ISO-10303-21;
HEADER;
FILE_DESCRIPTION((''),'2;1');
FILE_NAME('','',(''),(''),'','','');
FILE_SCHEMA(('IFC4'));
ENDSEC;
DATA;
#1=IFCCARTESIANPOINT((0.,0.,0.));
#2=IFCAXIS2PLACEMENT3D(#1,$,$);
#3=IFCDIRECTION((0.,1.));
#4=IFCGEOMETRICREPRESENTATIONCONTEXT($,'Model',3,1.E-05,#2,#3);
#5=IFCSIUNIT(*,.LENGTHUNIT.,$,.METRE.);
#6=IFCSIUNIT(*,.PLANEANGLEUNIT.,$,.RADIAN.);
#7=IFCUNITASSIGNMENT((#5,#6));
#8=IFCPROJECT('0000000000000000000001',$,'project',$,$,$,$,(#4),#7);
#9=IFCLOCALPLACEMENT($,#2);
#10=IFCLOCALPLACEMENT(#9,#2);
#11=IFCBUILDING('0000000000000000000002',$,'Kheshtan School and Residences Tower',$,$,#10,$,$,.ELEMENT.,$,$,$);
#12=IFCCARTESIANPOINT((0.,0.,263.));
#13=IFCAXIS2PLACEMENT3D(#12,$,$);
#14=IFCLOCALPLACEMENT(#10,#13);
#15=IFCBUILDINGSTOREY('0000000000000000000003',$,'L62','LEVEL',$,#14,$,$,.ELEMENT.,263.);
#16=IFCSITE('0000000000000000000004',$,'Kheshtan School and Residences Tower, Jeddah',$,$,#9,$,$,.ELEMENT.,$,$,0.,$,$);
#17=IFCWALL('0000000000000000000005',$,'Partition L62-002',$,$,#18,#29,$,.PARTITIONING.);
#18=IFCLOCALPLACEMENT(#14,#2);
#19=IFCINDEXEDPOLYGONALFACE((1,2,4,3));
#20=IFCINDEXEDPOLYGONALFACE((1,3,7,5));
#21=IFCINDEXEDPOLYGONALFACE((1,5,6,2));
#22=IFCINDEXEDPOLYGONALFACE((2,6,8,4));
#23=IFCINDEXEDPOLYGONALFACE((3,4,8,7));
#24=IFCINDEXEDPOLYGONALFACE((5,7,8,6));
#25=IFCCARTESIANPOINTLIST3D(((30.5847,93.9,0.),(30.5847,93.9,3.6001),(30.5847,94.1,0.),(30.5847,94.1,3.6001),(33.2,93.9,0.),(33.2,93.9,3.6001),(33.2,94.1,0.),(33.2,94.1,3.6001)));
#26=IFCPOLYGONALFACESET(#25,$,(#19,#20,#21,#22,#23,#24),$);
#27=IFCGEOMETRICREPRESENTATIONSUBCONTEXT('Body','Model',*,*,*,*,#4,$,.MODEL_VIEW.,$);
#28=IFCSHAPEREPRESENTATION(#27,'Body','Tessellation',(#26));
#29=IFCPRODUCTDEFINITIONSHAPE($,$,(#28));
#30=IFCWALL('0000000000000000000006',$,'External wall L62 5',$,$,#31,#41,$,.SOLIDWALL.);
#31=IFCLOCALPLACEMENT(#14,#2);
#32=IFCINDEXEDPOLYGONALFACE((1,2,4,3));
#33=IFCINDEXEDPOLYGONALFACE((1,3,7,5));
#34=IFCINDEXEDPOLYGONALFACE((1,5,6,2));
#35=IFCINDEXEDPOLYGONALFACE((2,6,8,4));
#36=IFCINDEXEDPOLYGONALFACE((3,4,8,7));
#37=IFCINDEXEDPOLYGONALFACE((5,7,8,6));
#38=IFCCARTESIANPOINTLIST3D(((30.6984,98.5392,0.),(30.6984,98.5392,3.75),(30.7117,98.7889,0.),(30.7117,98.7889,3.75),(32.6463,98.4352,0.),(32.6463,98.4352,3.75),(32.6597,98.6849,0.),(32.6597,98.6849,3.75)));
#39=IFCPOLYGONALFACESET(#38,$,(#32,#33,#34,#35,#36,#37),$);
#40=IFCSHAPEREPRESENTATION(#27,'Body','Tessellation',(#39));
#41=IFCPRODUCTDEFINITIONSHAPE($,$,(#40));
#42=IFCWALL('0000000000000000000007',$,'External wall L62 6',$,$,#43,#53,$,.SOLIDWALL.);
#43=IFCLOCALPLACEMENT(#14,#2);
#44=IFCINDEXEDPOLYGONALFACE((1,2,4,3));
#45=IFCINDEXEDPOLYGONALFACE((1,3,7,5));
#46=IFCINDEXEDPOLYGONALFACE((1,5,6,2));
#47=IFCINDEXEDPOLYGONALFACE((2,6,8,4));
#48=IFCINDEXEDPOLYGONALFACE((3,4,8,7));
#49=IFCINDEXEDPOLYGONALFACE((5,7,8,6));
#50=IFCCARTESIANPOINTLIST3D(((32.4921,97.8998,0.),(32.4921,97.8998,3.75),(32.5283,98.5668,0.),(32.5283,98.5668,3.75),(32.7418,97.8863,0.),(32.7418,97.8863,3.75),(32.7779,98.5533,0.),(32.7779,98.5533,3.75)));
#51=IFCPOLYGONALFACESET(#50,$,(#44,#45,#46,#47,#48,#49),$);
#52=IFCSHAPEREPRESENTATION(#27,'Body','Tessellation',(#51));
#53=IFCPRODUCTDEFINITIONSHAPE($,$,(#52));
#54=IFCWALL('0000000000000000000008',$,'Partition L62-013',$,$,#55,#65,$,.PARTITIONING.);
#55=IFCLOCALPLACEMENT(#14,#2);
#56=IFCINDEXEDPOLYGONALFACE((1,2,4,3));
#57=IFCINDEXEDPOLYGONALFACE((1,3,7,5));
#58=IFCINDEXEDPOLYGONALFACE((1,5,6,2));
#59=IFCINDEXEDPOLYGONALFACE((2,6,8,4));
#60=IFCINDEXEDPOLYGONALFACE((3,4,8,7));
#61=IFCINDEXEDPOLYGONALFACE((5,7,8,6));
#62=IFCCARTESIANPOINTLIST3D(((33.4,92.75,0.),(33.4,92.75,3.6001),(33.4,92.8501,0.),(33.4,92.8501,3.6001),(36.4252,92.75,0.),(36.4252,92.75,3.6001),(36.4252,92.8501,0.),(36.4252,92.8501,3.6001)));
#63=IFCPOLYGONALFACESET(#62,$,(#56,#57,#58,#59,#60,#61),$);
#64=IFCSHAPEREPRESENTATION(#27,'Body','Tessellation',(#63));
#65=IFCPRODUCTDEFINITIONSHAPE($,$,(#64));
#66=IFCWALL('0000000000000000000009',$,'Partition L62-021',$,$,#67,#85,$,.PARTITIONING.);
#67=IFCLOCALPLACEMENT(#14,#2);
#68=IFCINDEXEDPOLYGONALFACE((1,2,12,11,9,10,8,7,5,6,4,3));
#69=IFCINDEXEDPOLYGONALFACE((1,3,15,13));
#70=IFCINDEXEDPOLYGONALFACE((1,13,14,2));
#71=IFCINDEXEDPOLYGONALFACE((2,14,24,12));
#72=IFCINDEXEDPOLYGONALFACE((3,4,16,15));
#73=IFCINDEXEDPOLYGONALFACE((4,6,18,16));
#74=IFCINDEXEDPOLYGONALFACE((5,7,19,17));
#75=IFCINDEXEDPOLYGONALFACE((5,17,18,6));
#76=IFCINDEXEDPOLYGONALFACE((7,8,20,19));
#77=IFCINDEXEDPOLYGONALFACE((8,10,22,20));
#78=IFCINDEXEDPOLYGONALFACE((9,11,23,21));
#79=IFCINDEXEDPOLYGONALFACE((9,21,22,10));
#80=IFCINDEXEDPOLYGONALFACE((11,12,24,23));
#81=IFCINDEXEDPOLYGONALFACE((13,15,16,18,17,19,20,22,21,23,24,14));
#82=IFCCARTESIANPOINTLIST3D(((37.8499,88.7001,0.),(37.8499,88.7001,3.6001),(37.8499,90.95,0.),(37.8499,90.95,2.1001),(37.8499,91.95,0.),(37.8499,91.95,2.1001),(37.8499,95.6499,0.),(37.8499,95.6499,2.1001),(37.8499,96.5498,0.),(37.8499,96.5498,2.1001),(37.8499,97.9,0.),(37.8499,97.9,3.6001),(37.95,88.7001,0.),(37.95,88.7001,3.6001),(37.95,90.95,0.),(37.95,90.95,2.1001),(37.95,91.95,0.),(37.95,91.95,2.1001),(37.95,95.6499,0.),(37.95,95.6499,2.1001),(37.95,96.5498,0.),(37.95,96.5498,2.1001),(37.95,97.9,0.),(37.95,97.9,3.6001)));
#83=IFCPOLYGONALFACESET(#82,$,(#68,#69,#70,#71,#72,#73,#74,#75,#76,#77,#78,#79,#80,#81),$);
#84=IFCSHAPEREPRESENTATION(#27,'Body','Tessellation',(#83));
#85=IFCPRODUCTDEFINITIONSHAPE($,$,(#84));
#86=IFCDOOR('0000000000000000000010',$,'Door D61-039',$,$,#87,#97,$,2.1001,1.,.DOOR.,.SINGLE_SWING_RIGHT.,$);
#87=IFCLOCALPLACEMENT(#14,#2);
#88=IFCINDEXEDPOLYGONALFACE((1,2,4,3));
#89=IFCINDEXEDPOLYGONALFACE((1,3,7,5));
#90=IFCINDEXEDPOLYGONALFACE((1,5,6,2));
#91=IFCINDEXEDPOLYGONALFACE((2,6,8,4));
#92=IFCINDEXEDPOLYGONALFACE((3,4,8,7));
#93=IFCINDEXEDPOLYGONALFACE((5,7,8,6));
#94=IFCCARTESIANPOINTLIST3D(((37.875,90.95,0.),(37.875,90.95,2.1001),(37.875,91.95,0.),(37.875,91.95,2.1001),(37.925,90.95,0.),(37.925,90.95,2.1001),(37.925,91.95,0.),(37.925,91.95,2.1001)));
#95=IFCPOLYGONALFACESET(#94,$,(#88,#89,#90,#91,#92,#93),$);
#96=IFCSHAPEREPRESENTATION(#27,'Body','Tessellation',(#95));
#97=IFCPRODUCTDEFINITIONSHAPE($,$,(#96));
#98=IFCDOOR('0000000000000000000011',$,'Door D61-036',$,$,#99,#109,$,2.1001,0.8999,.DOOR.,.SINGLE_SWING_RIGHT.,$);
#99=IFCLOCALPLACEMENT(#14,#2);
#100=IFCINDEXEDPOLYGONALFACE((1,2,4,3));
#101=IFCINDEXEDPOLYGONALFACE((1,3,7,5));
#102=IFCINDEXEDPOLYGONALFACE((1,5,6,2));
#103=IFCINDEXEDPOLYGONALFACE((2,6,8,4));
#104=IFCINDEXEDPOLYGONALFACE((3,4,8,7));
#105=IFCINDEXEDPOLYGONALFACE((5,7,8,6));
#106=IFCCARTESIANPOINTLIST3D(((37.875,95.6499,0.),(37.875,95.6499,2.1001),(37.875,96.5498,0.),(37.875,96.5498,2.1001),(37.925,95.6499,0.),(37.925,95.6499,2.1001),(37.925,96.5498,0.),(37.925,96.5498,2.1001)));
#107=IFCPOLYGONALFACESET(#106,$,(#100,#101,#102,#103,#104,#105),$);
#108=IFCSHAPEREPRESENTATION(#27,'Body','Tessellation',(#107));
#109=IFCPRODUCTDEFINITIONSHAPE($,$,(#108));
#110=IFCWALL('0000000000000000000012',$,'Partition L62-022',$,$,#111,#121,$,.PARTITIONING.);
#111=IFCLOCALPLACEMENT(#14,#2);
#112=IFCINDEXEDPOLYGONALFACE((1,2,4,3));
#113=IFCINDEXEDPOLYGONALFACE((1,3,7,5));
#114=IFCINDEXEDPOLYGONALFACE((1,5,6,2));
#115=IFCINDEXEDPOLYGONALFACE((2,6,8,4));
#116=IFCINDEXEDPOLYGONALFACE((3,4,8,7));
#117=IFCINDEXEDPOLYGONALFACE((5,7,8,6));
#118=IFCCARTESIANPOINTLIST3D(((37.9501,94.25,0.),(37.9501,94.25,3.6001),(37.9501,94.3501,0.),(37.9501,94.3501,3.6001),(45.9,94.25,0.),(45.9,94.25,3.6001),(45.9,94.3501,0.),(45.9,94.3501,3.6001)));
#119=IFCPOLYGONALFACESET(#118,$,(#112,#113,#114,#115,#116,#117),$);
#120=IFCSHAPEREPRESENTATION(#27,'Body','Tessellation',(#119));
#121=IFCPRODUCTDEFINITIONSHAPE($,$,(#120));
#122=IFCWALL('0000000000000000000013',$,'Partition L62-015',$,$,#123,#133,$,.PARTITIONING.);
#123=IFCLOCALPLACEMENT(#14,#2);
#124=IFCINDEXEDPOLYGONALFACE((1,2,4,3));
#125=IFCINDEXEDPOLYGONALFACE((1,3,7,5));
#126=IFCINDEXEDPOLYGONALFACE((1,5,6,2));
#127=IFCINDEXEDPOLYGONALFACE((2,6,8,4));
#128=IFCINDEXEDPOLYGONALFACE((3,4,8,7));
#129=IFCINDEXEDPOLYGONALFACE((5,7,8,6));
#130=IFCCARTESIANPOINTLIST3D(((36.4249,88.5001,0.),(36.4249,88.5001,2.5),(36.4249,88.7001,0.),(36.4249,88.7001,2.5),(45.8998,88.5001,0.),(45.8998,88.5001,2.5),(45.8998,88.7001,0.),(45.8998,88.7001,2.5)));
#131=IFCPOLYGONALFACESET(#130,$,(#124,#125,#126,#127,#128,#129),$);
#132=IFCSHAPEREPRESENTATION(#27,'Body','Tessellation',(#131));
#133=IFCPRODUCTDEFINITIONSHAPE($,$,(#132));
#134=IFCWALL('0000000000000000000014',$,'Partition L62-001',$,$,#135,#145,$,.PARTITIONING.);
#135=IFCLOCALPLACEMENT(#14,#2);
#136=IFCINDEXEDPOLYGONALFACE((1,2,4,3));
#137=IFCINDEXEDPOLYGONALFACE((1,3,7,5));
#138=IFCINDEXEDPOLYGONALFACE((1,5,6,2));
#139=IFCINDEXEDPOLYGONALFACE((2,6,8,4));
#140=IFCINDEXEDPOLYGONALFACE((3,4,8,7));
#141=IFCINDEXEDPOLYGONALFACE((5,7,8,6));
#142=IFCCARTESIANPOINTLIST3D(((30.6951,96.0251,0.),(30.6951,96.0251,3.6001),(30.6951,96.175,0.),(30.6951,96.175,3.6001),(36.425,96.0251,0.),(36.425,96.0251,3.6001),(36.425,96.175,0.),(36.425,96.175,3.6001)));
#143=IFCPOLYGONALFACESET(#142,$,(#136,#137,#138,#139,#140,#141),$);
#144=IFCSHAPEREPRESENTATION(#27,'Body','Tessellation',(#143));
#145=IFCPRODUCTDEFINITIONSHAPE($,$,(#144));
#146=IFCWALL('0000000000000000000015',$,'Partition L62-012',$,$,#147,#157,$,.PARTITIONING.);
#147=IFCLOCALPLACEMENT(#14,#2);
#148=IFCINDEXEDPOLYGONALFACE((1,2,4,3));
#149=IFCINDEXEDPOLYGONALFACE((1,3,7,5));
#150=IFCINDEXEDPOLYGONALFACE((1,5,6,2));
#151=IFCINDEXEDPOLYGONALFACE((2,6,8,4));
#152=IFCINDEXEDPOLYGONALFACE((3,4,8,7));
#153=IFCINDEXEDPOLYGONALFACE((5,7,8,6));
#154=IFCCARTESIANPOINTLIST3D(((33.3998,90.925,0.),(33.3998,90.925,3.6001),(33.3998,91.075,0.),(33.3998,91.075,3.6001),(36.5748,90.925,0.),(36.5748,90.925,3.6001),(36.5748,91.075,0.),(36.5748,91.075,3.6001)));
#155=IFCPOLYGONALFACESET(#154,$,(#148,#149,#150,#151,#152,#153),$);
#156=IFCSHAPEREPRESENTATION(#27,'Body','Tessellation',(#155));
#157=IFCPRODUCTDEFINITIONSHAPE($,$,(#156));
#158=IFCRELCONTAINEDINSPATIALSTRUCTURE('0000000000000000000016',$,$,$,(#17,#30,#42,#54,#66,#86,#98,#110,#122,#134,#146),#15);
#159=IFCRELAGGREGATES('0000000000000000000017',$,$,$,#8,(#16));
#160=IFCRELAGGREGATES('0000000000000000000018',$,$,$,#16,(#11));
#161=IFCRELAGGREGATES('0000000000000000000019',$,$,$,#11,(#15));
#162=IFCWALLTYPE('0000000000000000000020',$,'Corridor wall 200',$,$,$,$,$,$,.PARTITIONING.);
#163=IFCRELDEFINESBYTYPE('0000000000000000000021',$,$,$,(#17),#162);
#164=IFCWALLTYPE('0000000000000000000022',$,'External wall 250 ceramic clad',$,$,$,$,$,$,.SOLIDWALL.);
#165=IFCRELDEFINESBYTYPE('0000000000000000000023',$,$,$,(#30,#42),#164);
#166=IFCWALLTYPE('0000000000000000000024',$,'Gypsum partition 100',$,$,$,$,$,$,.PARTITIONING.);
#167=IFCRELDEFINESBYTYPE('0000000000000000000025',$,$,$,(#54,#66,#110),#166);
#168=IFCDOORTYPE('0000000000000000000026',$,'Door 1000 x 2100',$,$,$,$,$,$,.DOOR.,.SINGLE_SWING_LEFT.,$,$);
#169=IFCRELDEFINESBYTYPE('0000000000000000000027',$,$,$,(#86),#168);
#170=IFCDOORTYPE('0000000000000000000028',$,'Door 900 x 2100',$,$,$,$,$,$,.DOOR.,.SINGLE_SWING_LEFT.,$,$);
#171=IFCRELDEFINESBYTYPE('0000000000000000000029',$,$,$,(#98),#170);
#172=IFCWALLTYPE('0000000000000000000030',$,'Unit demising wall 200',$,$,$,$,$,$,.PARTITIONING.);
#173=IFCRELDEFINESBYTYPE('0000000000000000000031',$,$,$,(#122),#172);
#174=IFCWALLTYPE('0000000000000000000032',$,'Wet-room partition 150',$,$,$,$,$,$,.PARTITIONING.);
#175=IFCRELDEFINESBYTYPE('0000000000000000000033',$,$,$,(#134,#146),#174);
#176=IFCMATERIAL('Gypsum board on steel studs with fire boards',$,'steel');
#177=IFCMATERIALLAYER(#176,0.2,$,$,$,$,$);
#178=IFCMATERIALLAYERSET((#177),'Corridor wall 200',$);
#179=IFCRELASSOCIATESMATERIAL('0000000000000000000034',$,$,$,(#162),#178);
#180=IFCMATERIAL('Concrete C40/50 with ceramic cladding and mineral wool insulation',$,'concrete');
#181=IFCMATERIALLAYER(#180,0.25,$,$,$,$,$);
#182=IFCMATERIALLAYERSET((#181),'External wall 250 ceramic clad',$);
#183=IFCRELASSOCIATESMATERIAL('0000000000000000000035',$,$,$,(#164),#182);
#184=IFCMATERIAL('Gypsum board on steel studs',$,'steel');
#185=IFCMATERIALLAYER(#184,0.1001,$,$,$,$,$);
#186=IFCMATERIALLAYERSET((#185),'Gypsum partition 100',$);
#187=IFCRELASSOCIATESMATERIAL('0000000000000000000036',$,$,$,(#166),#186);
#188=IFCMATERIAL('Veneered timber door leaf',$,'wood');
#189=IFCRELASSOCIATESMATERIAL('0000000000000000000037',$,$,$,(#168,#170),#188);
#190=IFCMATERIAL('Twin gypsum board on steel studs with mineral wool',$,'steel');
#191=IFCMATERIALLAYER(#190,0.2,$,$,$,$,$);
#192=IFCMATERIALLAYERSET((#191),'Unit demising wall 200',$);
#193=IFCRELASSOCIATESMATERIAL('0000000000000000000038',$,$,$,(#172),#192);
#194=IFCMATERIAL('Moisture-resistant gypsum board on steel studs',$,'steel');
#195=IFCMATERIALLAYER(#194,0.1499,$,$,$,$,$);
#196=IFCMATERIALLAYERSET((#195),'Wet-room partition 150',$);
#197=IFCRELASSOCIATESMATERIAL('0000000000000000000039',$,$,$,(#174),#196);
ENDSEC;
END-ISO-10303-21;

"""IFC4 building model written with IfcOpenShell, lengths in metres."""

from ifc_helpers import new_model, si_unit, direction, frame, frame_2d, origin, place, context, subcontext, project, spatial, rectangle, extrude, source, transform, mapped, material, layer, layer_set, type_object, element, fill, save


model = new_model("IFC4")

# Units and contexts
model_context = context("Model", 3, precision=1e-05, world=origin(), true_north=direction((0.0, 1.0)))
body_context = subcontext(model_context, "Body", "Model", "MODEL_VIEW")
ifc_project = project(units=[si_unit("LENGTHUNIT", "METRE"), si_unit("PLANEANGLEUNIT", "RADIAN")], contexts=[model_context])

# Site, building, storey
site_placement = place(None, origin())
site = spatial("IfcSite", under=ifc_project, at=site_placement, Name="Kheshtan School and Residences Tower, Jeddah", CompositionType="ELEMENT", RefElevation=0.0)
building_placement = place(site_placement, origin())
building = spatial("IfcBuilding", under=site, at=building_placement, Name="Kheshtan School and Residences Tower", CompositionType="ELEMENT")
storey_placement = place(building_placement, frame((0.0, 0.0, 263.0)))
storey = spatial("IfcBuildingStorey", under=building, at=storey_placement, Name="L62", Description="LEVEL", CompositionType="ELEMENT", Elevation=263.0)

# Walls
ifc_material_1 = material(Name="Gypsum board on steel studs with fire boards", Category="steel")
ifc_layer_1 = layer(ifc_material_1, 0.2)
ifc_layer_set_1 = layer_set([ifc_layer_1], Name="Corridor wall 200")
wall_type_1 = type_object("IfcWallType", Name="Corridor wall 200", PredefinedType="PARTITIONING", material=ifc_layer_set_1)
wall_1_placement = place(storey_placement, frame((30.5847, 94.0, 0.0), z_axis=(0.0, 0.0, 1.0), x_axis=(1.0, 0.0, 0.0)))
element("IfcWall", 1, at=wall_1_placement, inside=storey, type_object=wall_type_1, Name="Partition L62-002", PredefinedType="PARTITIONING", context=body_context, shape_type="SweptSolid", body=[
    extrude(rectangle(XDim=2.6152, YDim=0.2, at=frame_2d((1.3076, 0.0))), origin(), (0.0, 0.0, 1.0), 3.6001),
])
ifc_material_2 = material(Name="Concrete C40/50 with ceramic cladding and mineral wool insulation", Category="concrete")
ifc_layer_2 = layer(ifc_material_2, 0.25)
ifc_layer_set_2 = layer_set([ifc_layer_2], Name="External wall 250 ceramic clad")
wall_type_2 = type_object("IfcWallType", Name="External wall 250 ceramic clad", PredefinedType="SOLIDWALL", material=ifc_layer_set_2)
wall_2_placement = place(storey_placement, frame((30.7051, 98.6641, 0.0), z_axis=(0.0, 0.0, 1.0), x_axis=(0.998578, -0.053314, 0.0)))
element("IfcWall", 2, at=wall_2_placement, inside=storey, type_object=wall_type_2, Name="External wall L62 5", PredefinedType="SOLIDWALL", context=body_context, shape_type="SweptSolid", body=[
    extrude(rectangle(XDim=1.9507, YDim=0.25, at=frame_2d((0.9753, 0.0))), origin(), (0.0, 0.0, 1.0), 3.75),
])
wall_3_placement = place(storey_placement, frame((32.6531, 98.5601, 0.0), z_axis=(0.0, 0.0, 1.0), x_axis=(-0.054093, -0.998536, 0.0)))
element("IfcWall", 3, at=wall_3_placement, inside=storey, type_object=wall_type_2, Name="External wall L62 6", PredefinedType="SOLIDWALL", context=body_context, shape_type="SweptSolid", body=[
    extrude(rectangle(XDim=0.668, YDim=0.25, at=frame_2d((0.334, 0.0))), origin(), (0.0, 0.0, 1.0), 3.75),
])
ifc_material_3 = material(Name="Gypsum board on steel studs", Category="steel")
ifc_layer_3 = layer(ifc_material_3, 0.1001)
ifc_layer_set_3 = layer_set([ifc_layer_3], Name="Gypsum partition 100")
wall_type_3 = type_object("IfcWallType", Name="Gypsum partition 100", PredefinedType="PARTITIONING", material=ifc_layer_set_3)
wall_4_placement = place(storey_placement, frame((33.3999, 92.8, 0.0), z_axis=(0.0, 0.0, 1.0), x_axis=(1.0, 0.0, 0.0)))
element("IfcWall", 4, at=wall_4_placement, inside=storey, type_object=wall_type_3, Name="Partition L62-013", PredefinedType="PARTITIONING", context=body_context, shape_type="SweptSolid", body=[
    extrude(rectangle(XDim=3.0251, YDim=0.1001, at=frame_2d((1.5127, 0.0))), origin(), (0.0, 0.0, 1.0), 3.6001),
])

# Wall, openings, doors
wall_5_placement = place(storey_placement, frame((37.8999, 88.7, 0.0), z_axis=(0.0, 0.0, 1.0), x_axis=(0.0, 1.0, 0.0)))
wall_5 = element("IfcWall", 5, at=wall_5_placement, inside=storey, type_object=wall_type_3, Name="Partition L62-021", PredefinedType="PARTITIONING", context=body_context, shape_type="SweptSolid", body=[
    extrude(rectangle(XDim=9.2, YDim=0.1001, at=frame_2d((4.6001, 0.0))), origin(), (0.0, 0.0, 1.0), 3.6001),
])
opening_1_placement = place(wall_5_placement, frame((6.95, 0.0, 0.0)))
opening_1 = element("IfcOpeningElement", 6, at=opening_1_placement, cuts=wall_5, PredefinedType="OPENING", context=body_context, shape_type="SweptSolid", body=[
    extrude(rectangle(XDim=0.8999, YDim=2.1001, at=frame_2d((0.45, 1.05))), frame((0.0, 0.0601, 0.0), z_axis=(0.0, -1.0, 0.0), x_axis=(1.0, 0.0, 0.0)), (0.0, 0.0, 1.0), 0.1201),
])
opening_2_placement = place(wall_5_placement, frame((2.25, 0.0, 0.0)))
opening_2 = element("IfcOpeningElement", 7, at=opening_2_placement, cuts=wall_5, PredefinedType="OPENING", context=body_context, shape_type="SweptSolid", body=[
    extrude(rectangle(XDim=1.0, YDim=2.1001, at=frame_2d((0.5, 1.05))), frame((0.0, 0.0601, 0.0), z_axis=(0.0, -1.0, 0.0), x_axis=(1.0, 0.0, 0.0)), (0.0, 0.0, 1.0), 0.1201),
])
ifc_material_4 = material(Name="Veneered timber door leaf", Category="wood")
door_type_1 = type_object("IfcDoorType", Name="Door 1000 x 2100", OperationType="SINGLE_SWING_LEFT", PredefinedType="DOOR", material=ifc_material_4)
shared_shape_1 = source(origin(), body_context, "Body", "SweptSolid", [
    extrude(rectangle(XDim=1.0, YDim=2.1001, at=frame_2d((0.5, 1.05))), frame((0.0, 0.0249, 0.0), z_axis=(0.0, -1.0, 0.0), x_axis=(1.0, 0.0, 0.0)), (0.0, 0.0, 1.0), 0.05),
])
door_1_placement = place(opening_2_placement, origin())
door_1 = element("IfcDoor", 8, at=door_1_placement, inside=storey, type_object=door_type_1, Name="Door D61-039", OperationType="SINGLE_SWING_RIGHT", OverallHeight=2.1001, OverallWidth=1.0, PredefinedType="DOOR", context=body_context, shape_type="MappedRepresentation", body=[
    mapped(shared_shape_1, transform((0.0, 0.0, 0.0), x_axis=(1.0, 0.0, 0.0), y_axis=(0.0, 1.0, 0.0), z_axis=(0.0, 0.0, 1.0), scale=1.0)),
])
fill(opening_2, door_1)
door_type_2 = type_object("IfcDoorType", Name="Door 900 x 2100", OperationType="SINGLE_SWING_LEFT", PredefinedType="DOOR", material=ifc_material_4)
shared_shape_2 = source(origin(), body_context, "Body", "SweptSolid", [
    extrude(rectangle(XDim=0.8999, YDim=2.1001, at=frame_2d((0.45, 1.05))), frame((0.0, 0.0249, 0.0), z_axis=(0.0, -1.0, 0.0), x_axis=(1.0, 0.0, 0.0)), (0.0, 0.0, 1.0), 0.05),
])
door_2_placement = place(opening_1_placement, origin())
door_2 = element("IfcDoor", 9, at=door_2_placement, inside=storey, type_object=door_type_2, Name="Door D61-036", OperationType="SINGLE_SWING_RIGHT", OverallHeight=2.1001, OverallWidth=0.8999, PredefinedType="DOOR", context=body_context, shape_type="MappedRepresentation", body=[
    mapped(shared_shape_2, transform((0.0, 0.0, 0.0), x_axis=(1.0, 0.0, 0.0), y_axis=(0.0, 1.0, 0.0), z_axis=(0.0, 0.0, 1.0), scale=1.0)),
])
fill(opening_1, door_2)

# Walls
wall_6_placement = place(storey_placement, frame((37.95, 94.3, 0.0), z_axis=(0.0, 0.0, 1.0), x_axis=(1.0, 0.0, 0.0)))
element("IfcWall", 10, at=wall_6_placement, inside=storey, type_object=wall_type_3, Name="Partition L62-022", PredefinedType="PARTITIONING", context=body_context, shape_type="SweptSolid", body=[
    extrude(rectangle(XDim=7.95, YDim=0.1001, at=frame_2d((3.9751, 0.0))), origin(), (0.0, 0.0, 1.0), 3.6001),
])
ifc_material_5 = material(Name="Twin gypsum board on steel studs with mineral wool", Category="steel")
ifc_layer_4 = layer(ifc_material_5, 0.2)
ifc_layer_set_4 = layer_set([ifc_layer_4], Name="Unit demising wall 200")
wall_type_4 = type_object("IfcWallType", Name="Unit demising wall 200", PredefinedType="PARTITIONING", material=ifc_layer_set_4)
wall_7_placement = place(storey_placement, frame((36.425, 88.6001, 0.0), z_axis=(0.0, 0.0, 1.0), x_axis=(1.0, 0.0, 0.0)))
element("IfcWall", 11, at=wall_7_placement, inside=storey, type_object=wall_type_4, Name="Partition L62-015", PredefinedType="PARTITIONING", context=body_context, shape_type="SweptSolid", body=[
    extrude(rectangle(XDim=9.4749, YDim=0.2, at=frame_2d((4.7373, 0.0))), origin(), (0.0, 0.0, 1.0), 2.5),
])
ifc_material_6 = material(Name="Moisture-resistant gypsum board on steel studs", Category="steel")
ifc_layer_5 = layer(ifc_material_6, 0.1499)
ifc_layer_set_5 = layer_set([ifc_layer_5], Name="Wet-room partition 150")
wall_type_5 = type_object("IfcWallType", Name="Wet-room partition 150", PredefinedType="PARTITIONING", material=ifc_layer_set_5)
wall_8_placement = place(storey_placement, frame((30.6951, 96.1001, 0.0), z_axis=(0.0, 0.0, 1.0), x_axis=(1.0, 0.0, 0.0)))
element("IfcWall", 12, at=wall_8_placement, inside=storey, type_object=wall_type_5, Name="Partition L62-001", PredefinedType="PARTITIONING", context=body_context, shape_type="SweptSolid", body=[
    extrude(rectangle(XDim=5.73, YDim=0.1499, at=frame_2d((2.865, 0.0))), origin(), (0.0, 0.0, 1.0), 3.6001),
])
wall_9_placement = place(storey_placement, frame((33.3999, 91.0, 0.0), z_axis=(0.0, 0.0, 1.0), x_axis=(1.0, 0.0, 0.0)))
element("IfcWall", 13, at=wall_9_placement, inside=storey, type_object=wall_type_5, Name="Partition L62-012", PredefinedType="PARTITIONING", context=body_context, shape_type="SweptSolid", body=[
    extrude(rectangle(XDim=3.175, YDim=0.1499, at=frame_2d((1.5874, 0.0))), origin(), (0.0, 0.0, 1.0), 3.6001),
])

save(model, "model.ifc")
